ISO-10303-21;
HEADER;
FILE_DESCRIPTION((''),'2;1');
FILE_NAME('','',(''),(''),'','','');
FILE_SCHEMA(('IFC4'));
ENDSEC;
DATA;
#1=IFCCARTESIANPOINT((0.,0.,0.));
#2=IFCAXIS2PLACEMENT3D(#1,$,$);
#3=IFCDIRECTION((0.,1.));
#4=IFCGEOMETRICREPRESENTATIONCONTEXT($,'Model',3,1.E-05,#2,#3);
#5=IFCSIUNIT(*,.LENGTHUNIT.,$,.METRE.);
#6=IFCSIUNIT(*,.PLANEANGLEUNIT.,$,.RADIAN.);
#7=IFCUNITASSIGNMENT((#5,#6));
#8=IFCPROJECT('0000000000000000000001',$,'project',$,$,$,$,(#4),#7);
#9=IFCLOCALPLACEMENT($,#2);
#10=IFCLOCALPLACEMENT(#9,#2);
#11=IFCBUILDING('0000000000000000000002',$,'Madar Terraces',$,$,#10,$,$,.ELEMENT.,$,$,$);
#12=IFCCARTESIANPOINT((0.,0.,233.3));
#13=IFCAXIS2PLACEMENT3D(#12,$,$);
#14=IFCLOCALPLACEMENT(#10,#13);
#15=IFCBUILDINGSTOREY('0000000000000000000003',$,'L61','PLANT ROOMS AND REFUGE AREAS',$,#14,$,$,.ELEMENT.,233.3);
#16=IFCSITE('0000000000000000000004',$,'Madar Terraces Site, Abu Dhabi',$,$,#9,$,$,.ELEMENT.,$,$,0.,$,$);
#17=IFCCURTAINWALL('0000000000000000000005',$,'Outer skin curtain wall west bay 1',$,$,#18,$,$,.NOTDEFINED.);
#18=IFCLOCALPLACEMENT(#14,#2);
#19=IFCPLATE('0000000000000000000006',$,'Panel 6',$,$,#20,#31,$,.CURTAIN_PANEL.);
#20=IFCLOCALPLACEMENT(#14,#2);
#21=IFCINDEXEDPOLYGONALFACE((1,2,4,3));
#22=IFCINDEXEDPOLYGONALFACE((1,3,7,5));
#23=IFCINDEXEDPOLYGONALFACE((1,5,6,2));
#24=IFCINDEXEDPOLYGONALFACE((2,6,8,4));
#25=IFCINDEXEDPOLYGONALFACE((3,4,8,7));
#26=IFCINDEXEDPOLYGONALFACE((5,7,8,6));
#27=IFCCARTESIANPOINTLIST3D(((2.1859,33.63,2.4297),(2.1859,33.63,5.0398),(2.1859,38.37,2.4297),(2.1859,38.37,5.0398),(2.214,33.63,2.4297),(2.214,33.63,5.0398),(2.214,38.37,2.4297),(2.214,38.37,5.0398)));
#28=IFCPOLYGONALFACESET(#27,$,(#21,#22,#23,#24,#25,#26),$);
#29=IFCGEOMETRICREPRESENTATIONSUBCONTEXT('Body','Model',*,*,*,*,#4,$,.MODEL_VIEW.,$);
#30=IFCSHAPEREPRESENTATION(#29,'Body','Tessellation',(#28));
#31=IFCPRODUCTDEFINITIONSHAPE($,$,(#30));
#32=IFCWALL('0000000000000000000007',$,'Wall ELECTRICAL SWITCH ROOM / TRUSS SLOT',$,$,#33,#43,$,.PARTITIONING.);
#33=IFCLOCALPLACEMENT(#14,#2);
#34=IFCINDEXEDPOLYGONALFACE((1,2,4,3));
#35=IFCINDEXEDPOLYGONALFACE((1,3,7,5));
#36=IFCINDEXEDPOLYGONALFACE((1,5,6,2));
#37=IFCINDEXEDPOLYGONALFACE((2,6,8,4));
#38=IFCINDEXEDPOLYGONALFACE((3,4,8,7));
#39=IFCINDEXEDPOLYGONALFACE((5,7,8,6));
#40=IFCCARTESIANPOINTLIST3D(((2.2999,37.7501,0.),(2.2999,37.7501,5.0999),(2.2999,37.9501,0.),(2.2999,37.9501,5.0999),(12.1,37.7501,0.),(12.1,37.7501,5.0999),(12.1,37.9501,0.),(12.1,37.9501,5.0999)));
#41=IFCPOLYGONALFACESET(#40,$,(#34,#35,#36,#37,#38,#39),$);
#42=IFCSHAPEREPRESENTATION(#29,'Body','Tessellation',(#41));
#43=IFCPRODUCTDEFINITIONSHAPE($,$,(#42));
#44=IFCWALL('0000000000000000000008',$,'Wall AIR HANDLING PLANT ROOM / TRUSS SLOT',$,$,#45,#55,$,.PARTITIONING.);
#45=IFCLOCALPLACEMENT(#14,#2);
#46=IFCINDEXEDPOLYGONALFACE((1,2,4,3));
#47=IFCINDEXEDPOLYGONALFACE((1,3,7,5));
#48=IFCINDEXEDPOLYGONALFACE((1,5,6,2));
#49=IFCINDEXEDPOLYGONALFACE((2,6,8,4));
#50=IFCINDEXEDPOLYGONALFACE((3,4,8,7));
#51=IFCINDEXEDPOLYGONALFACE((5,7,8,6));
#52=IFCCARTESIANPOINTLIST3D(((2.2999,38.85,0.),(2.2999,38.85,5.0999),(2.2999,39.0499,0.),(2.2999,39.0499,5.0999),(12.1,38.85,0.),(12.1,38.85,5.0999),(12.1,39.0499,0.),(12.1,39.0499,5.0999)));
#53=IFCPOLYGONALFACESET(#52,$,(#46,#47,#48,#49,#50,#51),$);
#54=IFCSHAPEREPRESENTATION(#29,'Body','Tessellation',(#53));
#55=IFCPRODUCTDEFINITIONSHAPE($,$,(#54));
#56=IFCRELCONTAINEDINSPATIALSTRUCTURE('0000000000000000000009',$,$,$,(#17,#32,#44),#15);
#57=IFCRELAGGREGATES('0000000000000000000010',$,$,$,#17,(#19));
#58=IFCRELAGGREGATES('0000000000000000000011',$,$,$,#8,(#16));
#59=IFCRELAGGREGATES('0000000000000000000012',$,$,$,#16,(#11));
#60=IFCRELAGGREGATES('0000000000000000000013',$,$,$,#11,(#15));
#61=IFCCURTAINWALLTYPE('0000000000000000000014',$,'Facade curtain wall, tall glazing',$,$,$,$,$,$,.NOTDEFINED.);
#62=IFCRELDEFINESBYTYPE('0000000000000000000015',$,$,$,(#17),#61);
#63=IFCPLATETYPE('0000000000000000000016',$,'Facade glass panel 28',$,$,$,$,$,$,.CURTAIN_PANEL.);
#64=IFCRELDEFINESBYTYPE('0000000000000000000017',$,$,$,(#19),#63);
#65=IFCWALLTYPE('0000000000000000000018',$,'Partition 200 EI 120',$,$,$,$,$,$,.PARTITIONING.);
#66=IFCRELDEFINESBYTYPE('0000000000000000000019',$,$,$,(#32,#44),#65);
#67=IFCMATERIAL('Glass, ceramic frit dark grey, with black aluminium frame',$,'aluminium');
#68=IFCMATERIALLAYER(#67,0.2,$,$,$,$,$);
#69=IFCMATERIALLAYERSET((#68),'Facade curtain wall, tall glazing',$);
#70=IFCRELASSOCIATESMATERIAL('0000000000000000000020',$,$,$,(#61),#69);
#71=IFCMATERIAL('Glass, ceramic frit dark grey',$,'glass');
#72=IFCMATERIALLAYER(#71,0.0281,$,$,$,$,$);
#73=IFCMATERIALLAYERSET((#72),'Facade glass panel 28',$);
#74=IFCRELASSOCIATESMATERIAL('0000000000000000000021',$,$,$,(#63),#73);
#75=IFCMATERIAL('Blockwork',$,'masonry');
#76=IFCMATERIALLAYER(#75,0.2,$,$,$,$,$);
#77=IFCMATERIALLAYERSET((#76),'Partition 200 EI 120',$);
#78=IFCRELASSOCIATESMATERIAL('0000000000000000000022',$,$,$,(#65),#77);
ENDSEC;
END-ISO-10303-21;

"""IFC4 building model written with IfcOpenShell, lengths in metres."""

from ifc_helpers import new_model, si_unit, direction, frame, frame_2d, origin, origin_2d, place, context, subcontext, project, spatial, rectangle, extrude, material, layer, layer_set, type_object, element, aggregate, save


model = new_model("IFC4")

# Units and contexts
model_context = context("Model", 3, precision=1e-05, world=origin(), true_north=direction((0.0, 1.0)))
body_context = subcontext(model_context, "Body", "Model", "MODEL_VIEW")
ifc_project = project(units=[si_unit("LENGTHUNIT", "METRE"), si_unit("PLANEANGLEUNIT", "RADIAN")], contexts=[model_context])

# Site, building, storey
site_placement = place(None, origin())
site = spatial("IfcSite", under=ifc_project, at=site_placement, Name="Madar Terraces Site, Abu Dhabi", CompositionType="ELEMENT", RefElevation=0.0)
building_placement = place(site_placement, origin())
building = spatial("IfcBuilding", under=site, at=building_placement, Name="Madar Terraces", CompositionType="ELEMENT")
storey_placement = place(building_placement, frame((0.0, 0.0, 233.3)))
storey = spatial("IfcBuildingStorey", under=building, at=storey_placement, Name="L61", Description="PLANT ROOMS AND REFUGE AREAS", CompositionType="ELEMENT", Elevation=233.3)

# Curtain wall
ifc_material_1 = material(Name="Glass, ceramic frit dark grey, with black aluminium frame", Category="aluminium")
ifc_layer_1 = layer(ifc_material_1, 0.2)
ifc_layer_set_1 = layer_set([ifc_layer_1], Name="Facade curtain wall, tall glazing")
curtain_wall_type = type_object("IfcCurtainWallType", Name="Facade curtain wall, tall glazing", PredefinedType="NOTDEFINED", material=ifc_layer_set_1)
curtain_wall_placement = place(storey_placement, origin())
curtain_wall = element("IfcCurtainWall", 1, at=curtain_wall_placement, inside=storey, type_object=curtain_wall_type, Name="Outer skin curtain wall west bay 1", PredefinedType="NOTDEFINED")

# Plate
ifc_material_2 = material(Name="Glass, ceramic frit dark grey", Category="glass")
ifc_layer_2 = layer(ifc_material_2, 0.0281)
ifc_layer_set_2 = layer_set([ifc_layer_2], Name="Facade glass panel 28")
plate_type = type_object("IfcPlateType", Name="Facade glass panel 28", PredefinedType="CURTAIN_PANEL", material=ifc_layer_set_2)
plate_1_placement = place(storey_placement, frame((2.2, 36.0, 2.4297), z_axis=(0.0, 0.0, 1.0), x_axis=(0.0, -1.0, 0.0)))
plate_1 = element("IfcPlate", 2, at=plate_1_placement, type_object=plate_type, Name="Panel 6", PredefinedType="CURTAIN_PANEL", context=body_context, shape_type="SweptSolid", body=[
    extrude(rectangle(XDim=4.74, YDim=0.0281, at=origin_2d()), origin(), (0.0, 0.0, 1.0), 2.6101),
])
aggregate(curtain_wall, [plate_1])

# Walls
ifc_material_3 = material(Name="Blockwork", Category="masonry")
ifc_layer_3 = layer(ifc_material_3, 0.2)
ifc_layer_set_3 = layer_set([ifc_layer_3], Name="Partition 200 EI 120")
wall_type = type_object("IfcWallType", Name="Partition 200 EI 120", PredefinedType="PARTITIONING", material=ifc_layer_set_3)
for number, where, z_axis, x_axis, name in (
    (3, (2.3, 37.8501, 0.0), (0.0, 0.0, 1.0), (1.0, 0.0, 0.0), "Wall ELECTRICAL SWITCH ROOM / TRUSS SLOT"),
    (4, (2.3, 38.95, 0.0), (0.0, 0.0, 1.0), (1.0, 0.0, 0.0), "Wall AIR HANDLING PLANT ROOM / TRUSS SLOT"),
):
    element("IfcWall", number, at=place(storey_placement, frame(where, z_axis=z_axis, x_axis=x_axis)), inside=storey, type_object=wall_type, Name=name, PredefinedType="PARTITIONING", context=body_context, shape_type="SweptSolid", body=[
        extrude(rectangle(XDim=9.8, YDim=0.2, at=frame_2d((4.8999, 0.0))), origin(), (0.0, 0.0, 1.0), 5.0999),
    ])

save(model, "model.ifc")
